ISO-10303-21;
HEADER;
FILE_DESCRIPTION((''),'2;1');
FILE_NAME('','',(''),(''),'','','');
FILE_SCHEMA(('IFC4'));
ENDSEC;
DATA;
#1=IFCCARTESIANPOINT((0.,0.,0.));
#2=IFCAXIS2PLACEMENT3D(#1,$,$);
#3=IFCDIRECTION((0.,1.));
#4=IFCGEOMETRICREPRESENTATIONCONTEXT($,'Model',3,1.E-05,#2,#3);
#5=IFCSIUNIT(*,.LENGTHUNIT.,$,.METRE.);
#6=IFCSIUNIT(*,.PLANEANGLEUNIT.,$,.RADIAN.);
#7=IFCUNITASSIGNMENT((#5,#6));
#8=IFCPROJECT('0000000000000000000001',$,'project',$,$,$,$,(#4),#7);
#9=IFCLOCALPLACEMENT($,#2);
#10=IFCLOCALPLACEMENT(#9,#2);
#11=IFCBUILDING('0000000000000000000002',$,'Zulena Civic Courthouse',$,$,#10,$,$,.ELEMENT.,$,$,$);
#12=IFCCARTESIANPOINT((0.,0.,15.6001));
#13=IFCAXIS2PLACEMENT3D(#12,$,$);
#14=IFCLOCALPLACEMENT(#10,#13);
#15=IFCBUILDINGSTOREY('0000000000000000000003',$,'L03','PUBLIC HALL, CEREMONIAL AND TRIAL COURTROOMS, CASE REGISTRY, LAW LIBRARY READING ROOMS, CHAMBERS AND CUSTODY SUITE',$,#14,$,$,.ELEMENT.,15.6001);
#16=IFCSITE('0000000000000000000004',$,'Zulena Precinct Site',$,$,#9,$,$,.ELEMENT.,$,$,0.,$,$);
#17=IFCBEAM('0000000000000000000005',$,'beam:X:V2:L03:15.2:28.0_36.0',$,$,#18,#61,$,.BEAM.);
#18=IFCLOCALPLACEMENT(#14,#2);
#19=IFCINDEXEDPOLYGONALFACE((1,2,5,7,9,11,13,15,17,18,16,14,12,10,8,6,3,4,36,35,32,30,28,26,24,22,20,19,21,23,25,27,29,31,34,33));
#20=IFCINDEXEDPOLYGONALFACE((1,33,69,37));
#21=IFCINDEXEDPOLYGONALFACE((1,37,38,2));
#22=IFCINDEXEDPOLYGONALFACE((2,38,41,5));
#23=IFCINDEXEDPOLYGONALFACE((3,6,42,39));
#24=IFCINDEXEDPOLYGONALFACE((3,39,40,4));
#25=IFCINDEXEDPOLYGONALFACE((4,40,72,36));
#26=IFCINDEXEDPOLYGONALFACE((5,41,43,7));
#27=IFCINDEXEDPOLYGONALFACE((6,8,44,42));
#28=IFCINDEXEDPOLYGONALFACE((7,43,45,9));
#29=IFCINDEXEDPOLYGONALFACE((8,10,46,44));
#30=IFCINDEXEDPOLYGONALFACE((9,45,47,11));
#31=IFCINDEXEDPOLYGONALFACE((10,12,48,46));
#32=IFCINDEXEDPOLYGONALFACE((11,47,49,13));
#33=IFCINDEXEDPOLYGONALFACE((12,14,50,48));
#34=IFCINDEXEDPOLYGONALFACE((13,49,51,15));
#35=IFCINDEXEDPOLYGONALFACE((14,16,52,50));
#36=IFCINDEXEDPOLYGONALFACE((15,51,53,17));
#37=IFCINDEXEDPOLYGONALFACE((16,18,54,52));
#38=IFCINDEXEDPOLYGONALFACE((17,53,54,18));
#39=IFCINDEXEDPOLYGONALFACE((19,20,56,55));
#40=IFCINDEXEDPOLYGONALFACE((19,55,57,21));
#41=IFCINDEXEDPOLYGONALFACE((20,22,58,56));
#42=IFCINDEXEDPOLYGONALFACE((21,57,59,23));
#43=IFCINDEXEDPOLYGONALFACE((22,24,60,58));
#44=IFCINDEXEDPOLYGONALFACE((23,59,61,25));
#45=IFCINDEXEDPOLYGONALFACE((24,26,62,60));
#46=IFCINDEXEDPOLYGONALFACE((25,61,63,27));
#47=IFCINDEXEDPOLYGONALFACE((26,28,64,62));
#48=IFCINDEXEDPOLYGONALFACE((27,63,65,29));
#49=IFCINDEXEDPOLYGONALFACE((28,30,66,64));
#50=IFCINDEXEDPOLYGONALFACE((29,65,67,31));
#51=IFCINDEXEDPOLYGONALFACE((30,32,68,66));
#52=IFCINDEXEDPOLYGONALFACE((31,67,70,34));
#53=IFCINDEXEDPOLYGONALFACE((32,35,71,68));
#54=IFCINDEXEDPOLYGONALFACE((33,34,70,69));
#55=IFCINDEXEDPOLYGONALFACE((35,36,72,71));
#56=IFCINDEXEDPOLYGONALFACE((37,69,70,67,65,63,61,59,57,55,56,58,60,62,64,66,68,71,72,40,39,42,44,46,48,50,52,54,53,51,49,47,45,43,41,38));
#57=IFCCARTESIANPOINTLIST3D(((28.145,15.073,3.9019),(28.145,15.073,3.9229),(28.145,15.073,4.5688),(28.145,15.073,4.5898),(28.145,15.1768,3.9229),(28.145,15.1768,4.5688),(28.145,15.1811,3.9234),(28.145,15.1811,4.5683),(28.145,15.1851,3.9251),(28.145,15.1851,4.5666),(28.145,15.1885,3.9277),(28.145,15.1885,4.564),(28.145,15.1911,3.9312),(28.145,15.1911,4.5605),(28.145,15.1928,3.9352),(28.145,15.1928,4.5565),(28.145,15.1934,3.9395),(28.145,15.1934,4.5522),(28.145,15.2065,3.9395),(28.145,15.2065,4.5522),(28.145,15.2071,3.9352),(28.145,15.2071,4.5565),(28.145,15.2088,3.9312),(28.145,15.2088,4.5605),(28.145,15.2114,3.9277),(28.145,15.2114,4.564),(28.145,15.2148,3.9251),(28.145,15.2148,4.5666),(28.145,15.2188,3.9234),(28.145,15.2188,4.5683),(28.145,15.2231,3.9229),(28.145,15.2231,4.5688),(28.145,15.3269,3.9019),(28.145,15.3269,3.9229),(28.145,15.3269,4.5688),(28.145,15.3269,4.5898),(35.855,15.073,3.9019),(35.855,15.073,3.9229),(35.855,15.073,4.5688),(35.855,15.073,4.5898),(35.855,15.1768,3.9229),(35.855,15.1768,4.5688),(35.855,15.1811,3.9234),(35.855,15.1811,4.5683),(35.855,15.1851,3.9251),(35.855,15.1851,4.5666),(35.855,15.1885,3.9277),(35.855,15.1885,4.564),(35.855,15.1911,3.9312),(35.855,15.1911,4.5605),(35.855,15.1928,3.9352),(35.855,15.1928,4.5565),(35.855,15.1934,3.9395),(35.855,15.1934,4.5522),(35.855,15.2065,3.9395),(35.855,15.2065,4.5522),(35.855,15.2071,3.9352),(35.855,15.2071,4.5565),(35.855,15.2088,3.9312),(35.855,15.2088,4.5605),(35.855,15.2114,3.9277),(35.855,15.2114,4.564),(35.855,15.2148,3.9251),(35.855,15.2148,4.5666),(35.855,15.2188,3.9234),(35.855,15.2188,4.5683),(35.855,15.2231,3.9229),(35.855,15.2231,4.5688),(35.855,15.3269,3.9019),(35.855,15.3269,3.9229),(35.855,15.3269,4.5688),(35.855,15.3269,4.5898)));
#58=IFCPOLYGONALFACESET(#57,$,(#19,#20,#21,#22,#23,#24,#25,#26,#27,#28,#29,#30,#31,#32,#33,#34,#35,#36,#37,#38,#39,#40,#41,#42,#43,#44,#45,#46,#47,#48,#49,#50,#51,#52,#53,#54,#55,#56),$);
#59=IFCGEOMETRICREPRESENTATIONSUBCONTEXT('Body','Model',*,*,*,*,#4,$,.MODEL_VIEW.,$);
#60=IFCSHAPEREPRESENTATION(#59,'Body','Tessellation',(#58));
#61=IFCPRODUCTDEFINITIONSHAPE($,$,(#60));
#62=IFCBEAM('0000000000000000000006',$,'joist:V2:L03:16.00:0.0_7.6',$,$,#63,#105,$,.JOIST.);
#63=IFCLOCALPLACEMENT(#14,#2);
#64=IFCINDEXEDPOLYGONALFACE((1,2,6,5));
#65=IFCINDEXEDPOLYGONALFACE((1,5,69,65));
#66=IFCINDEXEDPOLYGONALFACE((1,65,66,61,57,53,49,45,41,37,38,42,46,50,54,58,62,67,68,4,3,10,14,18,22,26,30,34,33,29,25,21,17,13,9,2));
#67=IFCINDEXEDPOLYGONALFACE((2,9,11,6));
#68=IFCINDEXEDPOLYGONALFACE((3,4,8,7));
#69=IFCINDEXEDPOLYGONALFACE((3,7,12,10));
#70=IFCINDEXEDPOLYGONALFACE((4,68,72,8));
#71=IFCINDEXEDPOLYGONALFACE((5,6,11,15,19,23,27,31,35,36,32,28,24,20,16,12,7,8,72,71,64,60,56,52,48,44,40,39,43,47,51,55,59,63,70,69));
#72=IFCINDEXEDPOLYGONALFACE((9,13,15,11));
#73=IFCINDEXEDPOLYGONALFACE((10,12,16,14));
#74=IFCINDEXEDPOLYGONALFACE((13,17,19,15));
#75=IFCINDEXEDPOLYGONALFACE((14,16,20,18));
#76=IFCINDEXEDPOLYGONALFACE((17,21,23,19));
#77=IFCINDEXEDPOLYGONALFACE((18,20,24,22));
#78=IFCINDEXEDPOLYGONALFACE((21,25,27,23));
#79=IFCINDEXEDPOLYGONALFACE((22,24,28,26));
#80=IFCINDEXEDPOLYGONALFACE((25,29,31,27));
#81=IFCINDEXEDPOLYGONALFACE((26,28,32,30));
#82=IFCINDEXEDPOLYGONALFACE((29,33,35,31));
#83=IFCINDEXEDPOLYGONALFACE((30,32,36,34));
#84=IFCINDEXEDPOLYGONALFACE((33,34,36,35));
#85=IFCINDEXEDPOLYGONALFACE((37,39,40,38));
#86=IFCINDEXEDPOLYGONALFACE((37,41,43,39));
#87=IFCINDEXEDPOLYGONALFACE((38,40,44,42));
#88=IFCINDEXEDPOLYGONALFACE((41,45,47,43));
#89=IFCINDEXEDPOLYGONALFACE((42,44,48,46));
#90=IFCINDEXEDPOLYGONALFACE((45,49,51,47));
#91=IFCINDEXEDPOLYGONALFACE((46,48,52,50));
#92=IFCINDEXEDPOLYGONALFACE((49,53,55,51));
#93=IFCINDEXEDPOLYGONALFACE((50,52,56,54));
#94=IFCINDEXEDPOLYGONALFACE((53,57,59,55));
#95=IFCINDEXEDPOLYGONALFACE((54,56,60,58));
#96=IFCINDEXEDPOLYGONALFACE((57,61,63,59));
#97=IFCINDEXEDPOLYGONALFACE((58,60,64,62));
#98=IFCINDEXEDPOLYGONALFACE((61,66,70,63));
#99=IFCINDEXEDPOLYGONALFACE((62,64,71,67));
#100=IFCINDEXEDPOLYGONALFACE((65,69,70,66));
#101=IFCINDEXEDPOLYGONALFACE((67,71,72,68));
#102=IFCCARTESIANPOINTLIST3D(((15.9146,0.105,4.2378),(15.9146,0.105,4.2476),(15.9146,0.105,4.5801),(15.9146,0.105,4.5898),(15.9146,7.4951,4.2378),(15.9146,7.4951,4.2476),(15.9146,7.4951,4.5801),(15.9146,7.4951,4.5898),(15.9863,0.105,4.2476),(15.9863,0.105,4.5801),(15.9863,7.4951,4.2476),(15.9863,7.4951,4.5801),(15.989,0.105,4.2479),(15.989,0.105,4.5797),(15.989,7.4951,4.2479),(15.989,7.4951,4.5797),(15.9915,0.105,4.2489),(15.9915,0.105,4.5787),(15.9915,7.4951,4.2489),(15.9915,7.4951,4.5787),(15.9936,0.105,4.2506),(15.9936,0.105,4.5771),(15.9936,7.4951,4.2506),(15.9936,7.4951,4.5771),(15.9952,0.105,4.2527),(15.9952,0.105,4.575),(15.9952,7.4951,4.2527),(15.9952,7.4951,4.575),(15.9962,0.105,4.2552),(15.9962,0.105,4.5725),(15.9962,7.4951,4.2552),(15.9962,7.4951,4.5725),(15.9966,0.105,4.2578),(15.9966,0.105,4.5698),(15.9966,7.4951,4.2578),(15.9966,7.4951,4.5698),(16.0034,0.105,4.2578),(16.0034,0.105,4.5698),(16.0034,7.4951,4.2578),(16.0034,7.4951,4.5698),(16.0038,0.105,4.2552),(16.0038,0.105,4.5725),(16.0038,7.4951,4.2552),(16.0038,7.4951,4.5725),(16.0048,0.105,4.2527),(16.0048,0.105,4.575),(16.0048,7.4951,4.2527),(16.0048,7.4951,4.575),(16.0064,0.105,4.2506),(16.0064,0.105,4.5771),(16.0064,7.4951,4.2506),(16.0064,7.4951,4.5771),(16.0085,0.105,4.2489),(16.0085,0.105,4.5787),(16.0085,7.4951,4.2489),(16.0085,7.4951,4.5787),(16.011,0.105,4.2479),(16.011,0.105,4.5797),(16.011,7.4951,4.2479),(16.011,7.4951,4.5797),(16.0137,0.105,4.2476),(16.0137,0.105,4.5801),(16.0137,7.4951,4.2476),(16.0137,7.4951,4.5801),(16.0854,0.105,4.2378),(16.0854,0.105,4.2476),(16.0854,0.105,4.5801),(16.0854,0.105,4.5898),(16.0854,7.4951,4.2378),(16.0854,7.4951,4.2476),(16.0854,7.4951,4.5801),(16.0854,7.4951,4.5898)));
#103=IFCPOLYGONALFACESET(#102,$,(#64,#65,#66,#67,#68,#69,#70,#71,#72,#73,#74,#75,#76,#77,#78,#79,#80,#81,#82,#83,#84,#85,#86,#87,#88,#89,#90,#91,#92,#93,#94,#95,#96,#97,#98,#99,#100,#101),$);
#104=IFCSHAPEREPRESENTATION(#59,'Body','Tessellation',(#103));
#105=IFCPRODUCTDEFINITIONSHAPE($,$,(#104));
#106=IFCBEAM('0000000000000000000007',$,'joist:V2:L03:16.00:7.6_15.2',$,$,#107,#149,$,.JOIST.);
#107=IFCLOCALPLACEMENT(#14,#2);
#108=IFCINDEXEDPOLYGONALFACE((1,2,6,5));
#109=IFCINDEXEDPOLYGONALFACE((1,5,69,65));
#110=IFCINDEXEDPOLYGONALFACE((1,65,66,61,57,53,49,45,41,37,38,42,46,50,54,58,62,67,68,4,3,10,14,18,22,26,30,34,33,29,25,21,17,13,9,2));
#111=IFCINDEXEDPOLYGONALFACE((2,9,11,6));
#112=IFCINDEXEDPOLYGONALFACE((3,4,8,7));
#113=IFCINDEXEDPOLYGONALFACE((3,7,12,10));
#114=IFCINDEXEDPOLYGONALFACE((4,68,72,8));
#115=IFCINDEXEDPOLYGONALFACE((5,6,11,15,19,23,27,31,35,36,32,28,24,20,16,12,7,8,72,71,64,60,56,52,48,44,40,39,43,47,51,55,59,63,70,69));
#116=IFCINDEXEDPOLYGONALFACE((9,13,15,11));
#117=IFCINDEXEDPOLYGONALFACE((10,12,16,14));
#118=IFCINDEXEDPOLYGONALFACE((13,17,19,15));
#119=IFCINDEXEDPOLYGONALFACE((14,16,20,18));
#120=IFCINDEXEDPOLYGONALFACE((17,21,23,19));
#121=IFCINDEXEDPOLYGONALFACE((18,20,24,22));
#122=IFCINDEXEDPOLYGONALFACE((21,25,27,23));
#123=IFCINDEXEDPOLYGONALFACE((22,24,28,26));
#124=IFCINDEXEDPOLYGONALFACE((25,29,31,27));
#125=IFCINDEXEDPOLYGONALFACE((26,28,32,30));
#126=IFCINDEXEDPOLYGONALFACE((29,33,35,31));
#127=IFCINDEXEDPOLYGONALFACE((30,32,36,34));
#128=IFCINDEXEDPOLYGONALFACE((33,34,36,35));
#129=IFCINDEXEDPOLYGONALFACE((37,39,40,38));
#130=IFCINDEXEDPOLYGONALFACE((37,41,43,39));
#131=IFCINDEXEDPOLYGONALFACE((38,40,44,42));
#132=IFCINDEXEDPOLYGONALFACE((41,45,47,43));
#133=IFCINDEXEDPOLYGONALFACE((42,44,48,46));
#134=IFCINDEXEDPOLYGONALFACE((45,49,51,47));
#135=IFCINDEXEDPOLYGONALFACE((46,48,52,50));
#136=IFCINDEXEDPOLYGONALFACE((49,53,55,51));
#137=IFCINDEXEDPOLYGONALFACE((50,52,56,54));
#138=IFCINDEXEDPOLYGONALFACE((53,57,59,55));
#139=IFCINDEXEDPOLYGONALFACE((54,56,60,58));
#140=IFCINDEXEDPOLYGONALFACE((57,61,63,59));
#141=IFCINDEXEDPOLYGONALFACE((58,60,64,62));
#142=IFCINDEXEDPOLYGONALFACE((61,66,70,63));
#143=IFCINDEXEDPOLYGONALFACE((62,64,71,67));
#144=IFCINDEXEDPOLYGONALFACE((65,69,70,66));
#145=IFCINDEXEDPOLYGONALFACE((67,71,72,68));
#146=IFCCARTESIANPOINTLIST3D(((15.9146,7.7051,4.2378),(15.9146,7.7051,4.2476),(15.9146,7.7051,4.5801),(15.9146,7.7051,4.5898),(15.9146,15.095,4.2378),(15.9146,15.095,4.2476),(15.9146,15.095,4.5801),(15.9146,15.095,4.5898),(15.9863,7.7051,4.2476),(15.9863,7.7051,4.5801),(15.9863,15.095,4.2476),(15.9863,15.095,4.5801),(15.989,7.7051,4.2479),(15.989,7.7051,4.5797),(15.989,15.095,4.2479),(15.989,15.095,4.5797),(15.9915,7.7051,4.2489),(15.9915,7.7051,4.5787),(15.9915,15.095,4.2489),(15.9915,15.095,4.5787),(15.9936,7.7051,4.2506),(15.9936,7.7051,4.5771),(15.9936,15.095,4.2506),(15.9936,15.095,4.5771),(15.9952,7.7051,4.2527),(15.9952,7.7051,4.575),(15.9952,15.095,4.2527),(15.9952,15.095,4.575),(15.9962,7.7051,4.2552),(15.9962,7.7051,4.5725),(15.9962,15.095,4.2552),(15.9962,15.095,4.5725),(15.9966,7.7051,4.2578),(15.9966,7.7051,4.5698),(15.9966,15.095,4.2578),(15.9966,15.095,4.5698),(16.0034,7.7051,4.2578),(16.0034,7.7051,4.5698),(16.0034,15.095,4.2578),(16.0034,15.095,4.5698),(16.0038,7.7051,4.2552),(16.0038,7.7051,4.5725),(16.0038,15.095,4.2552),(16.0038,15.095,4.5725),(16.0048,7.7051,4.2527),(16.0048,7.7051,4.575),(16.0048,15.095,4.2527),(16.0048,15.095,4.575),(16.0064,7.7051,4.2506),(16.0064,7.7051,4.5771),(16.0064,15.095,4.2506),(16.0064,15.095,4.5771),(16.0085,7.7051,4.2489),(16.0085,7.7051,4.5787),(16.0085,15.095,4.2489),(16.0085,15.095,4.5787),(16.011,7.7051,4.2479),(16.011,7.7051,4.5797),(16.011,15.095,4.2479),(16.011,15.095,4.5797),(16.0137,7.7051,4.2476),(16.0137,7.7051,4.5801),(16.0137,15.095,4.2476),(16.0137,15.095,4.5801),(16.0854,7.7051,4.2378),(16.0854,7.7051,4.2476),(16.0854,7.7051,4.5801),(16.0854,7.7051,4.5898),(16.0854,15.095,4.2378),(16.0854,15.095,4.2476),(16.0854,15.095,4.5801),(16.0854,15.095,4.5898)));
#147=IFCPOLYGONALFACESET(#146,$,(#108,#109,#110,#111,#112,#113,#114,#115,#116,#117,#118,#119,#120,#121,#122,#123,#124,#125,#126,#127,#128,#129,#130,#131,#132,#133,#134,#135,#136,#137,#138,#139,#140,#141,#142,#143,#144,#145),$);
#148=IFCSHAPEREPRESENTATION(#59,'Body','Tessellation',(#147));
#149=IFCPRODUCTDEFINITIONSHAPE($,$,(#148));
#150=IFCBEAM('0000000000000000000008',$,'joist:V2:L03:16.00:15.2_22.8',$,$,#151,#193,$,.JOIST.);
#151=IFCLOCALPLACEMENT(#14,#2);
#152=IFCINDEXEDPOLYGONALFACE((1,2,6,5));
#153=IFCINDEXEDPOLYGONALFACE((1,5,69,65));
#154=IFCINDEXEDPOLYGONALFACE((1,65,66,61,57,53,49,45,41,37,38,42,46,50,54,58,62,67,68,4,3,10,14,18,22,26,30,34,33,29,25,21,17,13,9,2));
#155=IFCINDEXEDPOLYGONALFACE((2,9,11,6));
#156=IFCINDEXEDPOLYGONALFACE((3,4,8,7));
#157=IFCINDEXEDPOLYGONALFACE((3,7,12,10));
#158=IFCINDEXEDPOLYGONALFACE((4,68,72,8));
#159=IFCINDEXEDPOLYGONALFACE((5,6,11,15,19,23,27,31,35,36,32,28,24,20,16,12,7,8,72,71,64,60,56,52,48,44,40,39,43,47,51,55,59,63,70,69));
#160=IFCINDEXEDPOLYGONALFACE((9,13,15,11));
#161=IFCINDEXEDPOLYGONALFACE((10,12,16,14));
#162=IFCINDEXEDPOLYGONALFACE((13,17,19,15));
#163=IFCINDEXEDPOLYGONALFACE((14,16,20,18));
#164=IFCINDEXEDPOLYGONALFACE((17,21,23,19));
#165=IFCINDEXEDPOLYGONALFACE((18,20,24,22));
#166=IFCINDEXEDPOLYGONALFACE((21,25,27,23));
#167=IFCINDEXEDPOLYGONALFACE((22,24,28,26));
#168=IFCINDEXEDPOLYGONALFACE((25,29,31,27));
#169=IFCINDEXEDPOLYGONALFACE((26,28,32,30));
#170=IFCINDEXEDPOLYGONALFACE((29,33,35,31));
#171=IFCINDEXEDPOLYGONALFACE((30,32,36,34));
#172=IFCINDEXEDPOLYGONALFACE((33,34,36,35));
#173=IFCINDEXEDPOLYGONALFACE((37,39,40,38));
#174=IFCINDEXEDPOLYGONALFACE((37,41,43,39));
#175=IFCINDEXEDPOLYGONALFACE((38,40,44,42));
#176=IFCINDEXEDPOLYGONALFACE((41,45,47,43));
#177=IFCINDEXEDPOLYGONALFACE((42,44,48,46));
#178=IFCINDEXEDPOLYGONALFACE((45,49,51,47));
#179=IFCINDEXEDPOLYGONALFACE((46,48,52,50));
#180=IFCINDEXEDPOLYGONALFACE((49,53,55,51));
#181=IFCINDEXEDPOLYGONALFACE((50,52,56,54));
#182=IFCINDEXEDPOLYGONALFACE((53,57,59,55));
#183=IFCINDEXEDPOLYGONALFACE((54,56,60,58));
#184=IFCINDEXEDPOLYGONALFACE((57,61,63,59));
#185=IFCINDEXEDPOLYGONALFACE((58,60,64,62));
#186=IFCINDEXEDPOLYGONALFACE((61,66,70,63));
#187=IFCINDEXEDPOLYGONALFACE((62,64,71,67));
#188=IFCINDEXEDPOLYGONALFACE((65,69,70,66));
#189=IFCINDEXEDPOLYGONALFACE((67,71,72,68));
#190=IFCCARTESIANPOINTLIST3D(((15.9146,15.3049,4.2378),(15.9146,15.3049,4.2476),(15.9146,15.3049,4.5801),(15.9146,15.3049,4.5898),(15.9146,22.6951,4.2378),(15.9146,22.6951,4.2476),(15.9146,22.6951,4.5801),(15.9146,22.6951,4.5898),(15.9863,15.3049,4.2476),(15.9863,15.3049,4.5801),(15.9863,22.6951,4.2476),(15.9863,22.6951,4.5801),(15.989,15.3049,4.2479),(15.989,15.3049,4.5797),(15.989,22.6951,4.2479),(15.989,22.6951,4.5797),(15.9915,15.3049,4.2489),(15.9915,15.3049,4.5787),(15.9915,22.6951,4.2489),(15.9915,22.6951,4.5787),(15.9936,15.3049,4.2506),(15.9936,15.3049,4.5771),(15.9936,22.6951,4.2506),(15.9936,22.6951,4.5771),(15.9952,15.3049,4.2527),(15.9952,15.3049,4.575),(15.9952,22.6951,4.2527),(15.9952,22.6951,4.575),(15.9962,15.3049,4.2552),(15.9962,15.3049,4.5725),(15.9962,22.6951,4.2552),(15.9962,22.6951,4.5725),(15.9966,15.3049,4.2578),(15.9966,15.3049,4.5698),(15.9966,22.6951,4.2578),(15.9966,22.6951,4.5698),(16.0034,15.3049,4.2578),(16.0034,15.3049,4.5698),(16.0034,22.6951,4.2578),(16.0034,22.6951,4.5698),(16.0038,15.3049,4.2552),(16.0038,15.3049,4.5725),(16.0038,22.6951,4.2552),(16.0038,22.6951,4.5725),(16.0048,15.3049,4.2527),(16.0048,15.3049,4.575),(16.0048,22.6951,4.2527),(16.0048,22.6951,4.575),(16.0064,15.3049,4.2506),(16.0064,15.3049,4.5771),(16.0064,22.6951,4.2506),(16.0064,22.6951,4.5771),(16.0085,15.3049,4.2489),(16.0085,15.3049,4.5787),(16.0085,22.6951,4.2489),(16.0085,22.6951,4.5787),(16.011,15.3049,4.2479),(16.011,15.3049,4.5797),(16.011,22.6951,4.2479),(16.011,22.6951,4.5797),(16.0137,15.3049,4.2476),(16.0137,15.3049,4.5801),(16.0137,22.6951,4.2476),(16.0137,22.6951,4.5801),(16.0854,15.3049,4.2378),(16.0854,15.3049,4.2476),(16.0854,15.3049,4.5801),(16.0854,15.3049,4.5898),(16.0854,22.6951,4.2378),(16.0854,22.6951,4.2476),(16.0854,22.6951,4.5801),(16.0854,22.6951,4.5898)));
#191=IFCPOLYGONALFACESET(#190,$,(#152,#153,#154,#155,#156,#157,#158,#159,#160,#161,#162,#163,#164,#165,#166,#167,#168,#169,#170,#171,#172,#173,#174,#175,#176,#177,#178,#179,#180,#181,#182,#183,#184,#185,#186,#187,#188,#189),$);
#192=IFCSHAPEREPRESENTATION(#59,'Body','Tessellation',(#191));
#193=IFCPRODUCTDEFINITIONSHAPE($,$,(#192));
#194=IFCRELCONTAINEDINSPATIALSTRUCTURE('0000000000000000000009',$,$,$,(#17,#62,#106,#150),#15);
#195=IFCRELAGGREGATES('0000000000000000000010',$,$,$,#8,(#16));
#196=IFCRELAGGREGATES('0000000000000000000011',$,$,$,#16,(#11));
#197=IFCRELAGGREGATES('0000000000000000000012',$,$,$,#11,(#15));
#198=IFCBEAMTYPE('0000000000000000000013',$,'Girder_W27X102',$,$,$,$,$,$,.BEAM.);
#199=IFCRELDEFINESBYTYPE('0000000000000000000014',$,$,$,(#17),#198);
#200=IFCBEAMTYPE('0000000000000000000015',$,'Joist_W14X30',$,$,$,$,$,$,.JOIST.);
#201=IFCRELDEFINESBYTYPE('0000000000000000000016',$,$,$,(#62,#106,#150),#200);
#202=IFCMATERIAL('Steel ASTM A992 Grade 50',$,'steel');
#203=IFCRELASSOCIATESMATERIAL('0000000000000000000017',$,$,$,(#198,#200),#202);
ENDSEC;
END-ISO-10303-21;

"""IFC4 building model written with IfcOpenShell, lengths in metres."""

from ifc_helpers import new_model, si_unit, direction, frame, origin, origin_2d, place, context, subcontext, project, spatial, i_section, extrude, material, material_profile, profile_set, type_object, element, save


model = new_model("IFC4")

# Units and contexts
model_context = context("Model", 3, precision=1e-05, world=origin(), true_north=direction((0.0, 1.0)))
body_context = subcontext(model_context, "Body", "Model", "MODEL_VIEW")
ifc_project = project(units=[si_unit("LENGTHUNIT", "METRE"), si_unit("PLANEANGLEUNIT", "RADIAN")], contexts=[model_context])

# Site, building, storey
site_placement = place(None, origin())
site = spatial("IfcSite", under=ifc_project, at=site_placement, Name="Zulena Precinct Site", CompositionType="ELEMENT", RefElevation=0.0)
building_placement = place(site_placement, origin())
building = spatial("IfcBuilding", under=site, at=building_placement, Name="Zulena Civic Courthouse", CompositionType="ELEMENT")
storey_placement = place(building_placement, frame((0.0, 0.0, 15.6001)))
storey = spatial("IfcBuildingStorey", under=building, at=storey_placement, Name="L03", Description="PUBLIC HALL, CEREMONIAL AND TRIAL COURTROOMS, CASE REGISTRY, LAW LIBRARY READING ROOMS, CHAMBERS AND CUSTODY SUITE", CompositionType="ELEMENT", Elevation=15.6001)

# Shared definitions
ifc_material_1 = material(Name="Steel ASTM A992 Grade 50", Category="steel")

# Beams
ifc_material_profile_1 = material_profile(ifc_material_1, i_section(OverallWidth=0.2539, OverallDepth=0.688, WebThickness=0.0132, FlangeThickness=0.021, FilletRadius=0.0166, at=origin_2d()), Name="W27X102")
ifc_profile_set_1 = profile_set([ifc_material_profile_1], Name="Steel ASTM A992 Grade 50")
beam_type_1 = type_object("IfcBeamType", Name="Girder_W27X102", PredefinedType="BEAM", material=ifc_profile_set_1)
for number, where, z_axis, x_axis, name in (
    (1, (28.145, 15.2, 4.2458), (1.0, 0.0, 0.0), (0.0, 1.0, 0.0), "beam:X:V2:L03:15.2:28.0_36.0"),
):
    element("IfcBeam", number, at=place(storey_placement, frame(where, z_axis=z_axis, x_axis=x_axis)), inside=storey, type_object=beam_type_1, Name=name, PredefinedType="BEAM", context=body_context, shape_type="SweptSolid", body=[
        extrude(i_section(OverallWidth=0.2539, OverallDepth=0.688, WebThickness=0.0132, FlangeThickness=0.021, FilletRadius=0.0166, at=origin_2d()), origin(), (0.0, 0.0, 1.0), 7.71),
    ])
ifc_material_profile_2 = material_profile(ifc_material_1, i_section(OverallWidth=0.1709, OverallDepth=0.3521, WebThickness=0.0068, FlangeThickness=0.0098, FilletRadius=0.0103, at=origin_2d()), Name="W14X30")
ifc_profile_set_2 = profile_set([ifc_material_profile_2], Name="Steel ASTM A992 Grade 50")
beam_type_2 = type_object("IfcBeamType", Name="Joist_W14X30", PredefinedType="JOIST", material=ifc_profile_set_2)
beam_1_placement = place(storey_placement, frame((16.0, 0.105, 4.4138), z_axis=(0.0, 1.0, 0.0), x_axis=(-1.0, 0.0, 0.0)))
element("IfcBeam", 2, at=beam_1_placement, inside=storey, type_object=beam_type_2, Name="joist:V2:L03:16.00:0.0_7.6", PredefinedType="JOIST", context=body_context, shape_type="SweptSolid", body=[
    extrude(i_section(OverallWidth=0.1709, OverallDepth=0.3521, WebThickness=0.0068, FlangeThickness=0.0098, FilletRadius=0.0103, at=origin_2d()), origin(), (0.0, 0.0, 1.0), 7.3901),
])
beam_2_placement = place(storey_placement, frame((16.0, 7.7051, 4.4138), z_axis=(0.0, 1.0, 0.0), x_axis=(-1.0, 0.0, 0.0)))
element("IfcBeam", 3, at=beam_2_placement, inside=storey, type_object=beam_type_2, Name="joist:V2:L03:16.00:7.6_15.2", PredefinedType="JOIST", context=body_context, shape_type="SweptSolid", body=[
    extrude(i_section(OverallWidth=0.1709, OverallDepth=0.3521, WebThickness=0.0068, FlangeThickness=0.0098, FilletRadius=0.0103, at=origin_2d()), origin(), (0.0, 0.0, 1.0), 7.3899),
])
for number, where, z_axis, x_axis, name in (
    (4, (16.0, 15.3049, 4.4138), (0.0, 1.0, 0.0), (-1.0, 0.0, 0.0), "joist:V2:L03:16.00:15.2_22.8"),
):
    element("IfcBeam", number, at=place(storey_placement, frame(where, z_axis=z_axis, x_axis=x_axis)), inside=storey, type_object=beam_type_2, Name=name, PredefinedType="JOIST", context=body_context, shape_type="SweptSolid", body=[
        extrude(i_section(OverallWidth=0.1709, OverallDepth=0.3521, WebThickness=0.0068, FlangeThickness=0.0098, FilletRadius=0.0103, at=origin_2d()), origin(), (0.0, 0.0, 1.0), 7.3901),
    ])

save(model, "model.ifc")
